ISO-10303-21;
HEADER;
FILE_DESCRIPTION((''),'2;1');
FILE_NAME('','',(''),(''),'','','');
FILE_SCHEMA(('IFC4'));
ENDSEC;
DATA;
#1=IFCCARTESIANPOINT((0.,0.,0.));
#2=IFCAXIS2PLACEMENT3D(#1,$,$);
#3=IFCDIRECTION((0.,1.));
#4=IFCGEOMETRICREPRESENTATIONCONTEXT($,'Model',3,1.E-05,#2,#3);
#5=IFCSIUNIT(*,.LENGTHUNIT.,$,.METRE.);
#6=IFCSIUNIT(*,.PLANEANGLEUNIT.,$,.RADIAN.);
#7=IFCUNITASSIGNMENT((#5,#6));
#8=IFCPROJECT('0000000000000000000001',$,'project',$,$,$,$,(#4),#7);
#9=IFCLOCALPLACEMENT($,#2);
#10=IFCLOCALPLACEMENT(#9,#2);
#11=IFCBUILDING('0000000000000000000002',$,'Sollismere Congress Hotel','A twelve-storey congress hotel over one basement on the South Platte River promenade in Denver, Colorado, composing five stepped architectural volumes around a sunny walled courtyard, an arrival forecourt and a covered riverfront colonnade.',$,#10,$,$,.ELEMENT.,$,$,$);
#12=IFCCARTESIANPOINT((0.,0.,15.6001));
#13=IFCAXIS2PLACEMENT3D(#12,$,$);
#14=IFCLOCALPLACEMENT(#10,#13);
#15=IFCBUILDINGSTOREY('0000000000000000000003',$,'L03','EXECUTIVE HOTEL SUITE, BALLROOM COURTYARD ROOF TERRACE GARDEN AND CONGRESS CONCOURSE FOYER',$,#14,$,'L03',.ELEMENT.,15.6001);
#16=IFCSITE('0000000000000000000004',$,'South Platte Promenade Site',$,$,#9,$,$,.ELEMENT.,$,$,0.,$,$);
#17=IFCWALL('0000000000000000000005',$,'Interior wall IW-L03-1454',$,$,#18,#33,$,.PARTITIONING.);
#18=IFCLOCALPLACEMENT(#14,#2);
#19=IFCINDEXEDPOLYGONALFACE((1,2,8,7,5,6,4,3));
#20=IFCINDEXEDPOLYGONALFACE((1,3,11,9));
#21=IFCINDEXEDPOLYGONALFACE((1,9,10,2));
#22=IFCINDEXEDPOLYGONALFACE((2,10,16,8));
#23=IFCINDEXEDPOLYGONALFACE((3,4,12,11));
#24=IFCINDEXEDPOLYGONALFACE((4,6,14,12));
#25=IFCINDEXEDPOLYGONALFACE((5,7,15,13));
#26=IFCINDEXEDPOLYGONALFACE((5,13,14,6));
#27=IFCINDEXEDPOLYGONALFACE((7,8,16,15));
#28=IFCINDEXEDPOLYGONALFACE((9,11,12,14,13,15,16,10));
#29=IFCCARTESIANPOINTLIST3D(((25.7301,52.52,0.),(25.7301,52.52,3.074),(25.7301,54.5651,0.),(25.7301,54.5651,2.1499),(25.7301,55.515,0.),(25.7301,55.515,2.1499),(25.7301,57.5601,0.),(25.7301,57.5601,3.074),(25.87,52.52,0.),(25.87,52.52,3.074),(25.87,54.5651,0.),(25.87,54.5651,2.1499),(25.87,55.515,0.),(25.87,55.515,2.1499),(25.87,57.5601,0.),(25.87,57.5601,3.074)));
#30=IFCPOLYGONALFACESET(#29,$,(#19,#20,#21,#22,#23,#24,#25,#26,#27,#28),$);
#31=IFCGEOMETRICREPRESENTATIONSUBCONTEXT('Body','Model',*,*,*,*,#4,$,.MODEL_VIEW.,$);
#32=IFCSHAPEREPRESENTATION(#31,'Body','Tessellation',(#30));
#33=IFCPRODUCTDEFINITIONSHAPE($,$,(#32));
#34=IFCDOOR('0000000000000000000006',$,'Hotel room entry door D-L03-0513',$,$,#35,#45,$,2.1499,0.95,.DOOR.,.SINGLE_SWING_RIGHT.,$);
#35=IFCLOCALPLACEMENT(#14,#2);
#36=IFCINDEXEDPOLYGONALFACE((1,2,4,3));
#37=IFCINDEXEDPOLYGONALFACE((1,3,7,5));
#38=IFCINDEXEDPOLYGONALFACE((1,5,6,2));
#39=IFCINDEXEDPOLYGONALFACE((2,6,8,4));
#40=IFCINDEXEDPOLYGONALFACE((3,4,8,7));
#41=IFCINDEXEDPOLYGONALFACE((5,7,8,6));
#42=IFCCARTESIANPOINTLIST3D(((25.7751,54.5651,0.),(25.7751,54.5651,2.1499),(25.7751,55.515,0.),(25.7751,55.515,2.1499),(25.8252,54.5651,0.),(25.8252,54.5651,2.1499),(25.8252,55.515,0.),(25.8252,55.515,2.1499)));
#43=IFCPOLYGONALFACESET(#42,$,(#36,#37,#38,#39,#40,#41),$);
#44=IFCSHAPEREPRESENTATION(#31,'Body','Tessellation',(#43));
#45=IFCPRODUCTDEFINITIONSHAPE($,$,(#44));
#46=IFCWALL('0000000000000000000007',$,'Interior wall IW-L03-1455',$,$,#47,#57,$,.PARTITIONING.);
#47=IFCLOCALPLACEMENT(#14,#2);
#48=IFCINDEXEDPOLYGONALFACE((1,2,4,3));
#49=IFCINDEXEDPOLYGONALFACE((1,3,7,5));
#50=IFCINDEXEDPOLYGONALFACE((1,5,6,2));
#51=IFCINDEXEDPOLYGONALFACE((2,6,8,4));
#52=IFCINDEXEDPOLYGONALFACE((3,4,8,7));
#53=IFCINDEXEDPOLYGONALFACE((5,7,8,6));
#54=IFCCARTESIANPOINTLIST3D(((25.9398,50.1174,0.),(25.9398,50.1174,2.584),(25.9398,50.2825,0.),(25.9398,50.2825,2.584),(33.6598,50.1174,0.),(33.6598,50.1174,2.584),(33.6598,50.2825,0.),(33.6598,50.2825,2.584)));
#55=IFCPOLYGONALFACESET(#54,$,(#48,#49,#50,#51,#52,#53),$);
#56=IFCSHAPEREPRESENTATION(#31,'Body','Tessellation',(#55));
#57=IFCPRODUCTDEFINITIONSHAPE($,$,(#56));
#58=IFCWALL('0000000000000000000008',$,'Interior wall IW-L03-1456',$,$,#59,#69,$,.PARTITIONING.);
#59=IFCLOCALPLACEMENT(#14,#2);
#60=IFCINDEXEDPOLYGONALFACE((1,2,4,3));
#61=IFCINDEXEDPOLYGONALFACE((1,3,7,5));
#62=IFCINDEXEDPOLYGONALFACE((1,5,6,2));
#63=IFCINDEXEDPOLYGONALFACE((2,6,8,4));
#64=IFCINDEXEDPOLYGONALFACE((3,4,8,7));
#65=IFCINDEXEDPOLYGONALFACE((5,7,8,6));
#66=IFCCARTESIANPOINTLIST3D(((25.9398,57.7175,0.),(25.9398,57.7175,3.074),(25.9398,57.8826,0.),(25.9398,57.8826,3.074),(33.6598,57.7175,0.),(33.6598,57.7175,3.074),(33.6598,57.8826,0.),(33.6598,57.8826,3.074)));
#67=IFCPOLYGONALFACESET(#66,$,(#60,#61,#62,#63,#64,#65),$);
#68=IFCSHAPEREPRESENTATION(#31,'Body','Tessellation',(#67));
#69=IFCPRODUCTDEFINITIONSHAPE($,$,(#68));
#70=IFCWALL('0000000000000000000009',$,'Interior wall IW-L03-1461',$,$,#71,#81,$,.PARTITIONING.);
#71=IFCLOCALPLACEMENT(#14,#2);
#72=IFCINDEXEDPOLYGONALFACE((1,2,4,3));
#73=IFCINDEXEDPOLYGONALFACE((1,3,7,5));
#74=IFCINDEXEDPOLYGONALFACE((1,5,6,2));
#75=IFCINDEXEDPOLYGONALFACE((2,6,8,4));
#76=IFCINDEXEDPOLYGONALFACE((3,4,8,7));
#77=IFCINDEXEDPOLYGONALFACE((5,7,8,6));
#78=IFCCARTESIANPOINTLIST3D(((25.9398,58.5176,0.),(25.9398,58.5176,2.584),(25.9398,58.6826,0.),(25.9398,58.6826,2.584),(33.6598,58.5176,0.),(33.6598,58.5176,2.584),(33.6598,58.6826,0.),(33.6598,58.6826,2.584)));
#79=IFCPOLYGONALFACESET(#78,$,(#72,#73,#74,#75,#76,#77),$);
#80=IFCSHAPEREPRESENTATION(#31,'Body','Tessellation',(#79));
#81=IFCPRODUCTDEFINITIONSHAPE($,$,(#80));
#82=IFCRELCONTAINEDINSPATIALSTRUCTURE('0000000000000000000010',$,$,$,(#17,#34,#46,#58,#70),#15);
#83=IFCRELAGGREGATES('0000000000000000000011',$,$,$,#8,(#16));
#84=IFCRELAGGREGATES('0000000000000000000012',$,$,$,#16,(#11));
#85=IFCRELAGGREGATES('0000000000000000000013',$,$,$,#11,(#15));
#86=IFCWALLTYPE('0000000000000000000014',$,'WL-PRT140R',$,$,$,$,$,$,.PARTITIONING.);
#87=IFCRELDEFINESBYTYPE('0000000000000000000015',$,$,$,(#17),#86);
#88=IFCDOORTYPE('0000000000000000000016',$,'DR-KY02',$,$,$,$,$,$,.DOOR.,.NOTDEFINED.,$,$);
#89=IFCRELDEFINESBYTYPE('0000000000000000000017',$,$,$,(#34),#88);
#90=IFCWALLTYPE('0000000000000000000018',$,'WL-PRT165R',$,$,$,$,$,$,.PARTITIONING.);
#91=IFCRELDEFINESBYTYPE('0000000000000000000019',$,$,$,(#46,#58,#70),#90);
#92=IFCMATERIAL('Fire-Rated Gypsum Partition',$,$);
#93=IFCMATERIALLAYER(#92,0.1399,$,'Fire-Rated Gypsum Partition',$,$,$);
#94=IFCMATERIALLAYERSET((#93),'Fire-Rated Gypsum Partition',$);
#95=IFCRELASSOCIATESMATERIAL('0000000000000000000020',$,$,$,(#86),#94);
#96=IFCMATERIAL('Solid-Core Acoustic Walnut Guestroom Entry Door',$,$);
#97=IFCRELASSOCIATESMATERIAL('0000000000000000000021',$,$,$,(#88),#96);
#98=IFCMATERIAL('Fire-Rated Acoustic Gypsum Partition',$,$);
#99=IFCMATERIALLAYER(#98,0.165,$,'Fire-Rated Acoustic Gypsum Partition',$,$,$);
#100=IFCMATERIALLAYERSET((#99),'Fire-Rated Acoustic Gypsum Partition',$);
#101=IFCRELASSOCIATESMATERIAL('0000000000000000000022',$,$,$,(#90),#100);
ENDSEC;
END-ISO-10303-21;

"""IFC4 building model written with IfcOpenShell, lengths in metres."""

from ifc_helpers import new_model, si_unit, direction, frame, frame_2d, origin, place, context, subcontext, project, spatial, rectangle, extrude, material, layer, layer_set, type_object, element, fill, save


model = new_model("IFC4")

# Units and contexts
model_context = context("Model", 3, precision=1e-05, world=origin(), true_north=direction((0.0, 1.0)))
body_context = subcontext(model_context, "Body", "Model", "MODEL_VIEW")
ifc_project = project(units=[si_unit("LENGTHUNIT", "METRE"), si_unit("PLANEANGLEUNIT", "RADIAN")], contexts=[model_context])

# Site, building, storey
site_placement = place(None, origin())
site = spatial("IfcSite", under=ifc_project, at=site_placement, Name="South Platte Promenade Site", CompositionType="ELEMENT", RefElevation=0.0)
building_placement = place(site_placement, origin())
building = spatial("IfcBuilding", under=site, at=building_placement, Name="Sollismere Congress Hotel", Description="A twelve-storey congress hotel over one basement on the South Platte River promenade in Denver, Colorado, composing five stepped architectural volumes around a sunny walled courtyard, an arrival forecourt and a covered riverfront colonnade.", CompositionType="ELEMENT")
storey_placement = place(building_placement, frame((0.0, 0.0, 15.6001)))
storey = spatial("IfcBuildingStorey", under=building, at=storey_placement, Name="L03", Description="EXECUTIVE HOTEL SUITE, BALLROOM COURTYARD ROOF TERRACE GARDEN AND CONGRESS CONCOURSE FOYER", LongName="L03", CompositionType="ELEMENT", Elevation=15.6001)

# Shared definitions
ifc_material_1 = material(Name="Fire-Rated Gypsum Partition")
ifc_layer_1 = layer(ifc_material_1, 0.1399, Name="Fire-Rated Gypsum Partition")
ifc_layer_set_1 = layer_set([ifc_layer_1], Name="Fire-Rated Gypsum Partition")
wall_type_1 = type_object("IfcWallType", Name="WL-PRT140R", PredefinedType="PARTITIONING", material=ifc_layer_set_1)

# Wall, opening, door
wall_1_placement = place(storey_placement, frame((25.8, 52.52, 0.0), z_axis=(0.0, 0.0, 1.0), x_axis=(0.0, 1.0, 0.0)))
wall_1 = element("IfcWall", 1, at=wall_1_placement, inside=storey, type_object=wall_type_1, Name="Interior wall IW-L03-1454", PredefinedType="PARTITIONING", context=body_context, shape_type="SweptSolid", body=[
    extrude(rectangle(XDim=5.04, YDim=0.1399, at=frame_2d((2.52, 0.0))), origin(), (0.0, 0.0, 1.0), 3.074),
])
opening_1_placement = place(wall_1_placement, frame((2.0449, 0.0, 0.0)))
opening_1 = element("IfcOpeningElement", 2, at=opening_1_placement, cuts=wall_1, PredefinedType="OPENING", context=body_context, shape_type="SweptSolid", body=[
    extrude(rectangle(XDim=0.95, YDim=2.1499, at=frame_2d((0.4751, 1.075))), frame((0.0, 0.0798, 0.0), z_axis=(0.0, -1.0, 0.0), x_axis=(1.0, 0.0, 0.0)), (0.0, 0.0, 1.0), 0.1599),
])
ifc_material_2 = material(Name="Solid-Core Acoustic Walnut Guestroom Entry Door")
door_type_1 = type_object("IfcDoorType", Name="DR-KY02", OperationType="NOTDEFINED", PredefinedType="DOOR", material=ifc_material_2)
door_1_placement = place(opening_1_placement, origin())
door_1 = element("IfcDoor", 3, at=door_1_placement, inside=storey, type_object=door_type_1, Name="Hotel room entry door D-L03-0513", OperationType="SINGLE_SWING_RIGHT", OverallHeight=2.1499, OverallWidth=0.95, PredefinedType="DOOR", context=body_context, shape_type="SweptSolid", body=[
    extrude(rectangle(XDim=0.95, YDim=2.1499, at=frame_2d((0.4751, 1.075))), frame((0.0, 0.0249, 0.0), z_axis=(0.0, -1.0, 0.0), x_axis=(1.0, 0.0, 0.0)), (0.0, 0.0, 1.0), 0.05),
])
fill(opening_1, door_1)

# Walls
ifc_material_3 = material(Name="Fire-Rated Acoustic Gypsum Partition")
ifc_layer_2 = layer(ifc_material_3, 0.165, Name="Fire-Rated Acoustic Gypsum Partition")
ifc_layer_set_2 = layer_set([ifc_layer_2], Name="Fire-Rated Acoustic Gypsum Partition")
wall_type_2 = type_object("IfcWallType", Name="WL-PRT165R", PredefinedType="PARTITIONING", material=ifc_layer_set_2)
wall_2_placement = place(storey_placement, frame((25.9399, 50.2, 0.0), z_axis=(0.0, 0.0, 1.0), x_axis=(1.0, 0.0, 0.0)))
element("IfcWall", 4, at=wall_2_placement, inside=storey, type_object=wall_type_2, Name="Interior wall IW-L03-1455", PredefinedType="PARTITIONING", context=body_context, shape_type="SweptSolid", body=[
    extrude(rectangle(XDim=7.72, YDim=0.165, at=frame_2d((3.8599, 0.0))), origin(), (0.0, 0.0, 1.0), 2.584),
])
wall_3_placement = place(storey_placement, frame((25.9399, 57.8, 0.0), z_axis=(0.0, 0.0, 1.0), x_axis=(1.0, 0.0, 0.0)))
element("IfcWall", 5, at=wall_3_placement, inside=storey, type_object=wall_type_2, Name="Interior wall IW-L03-1456", PredefinedType="PARTITIONING", context=body_context, shape_type="SweptSolid", body=[
    extrude(rectangle(XDim=7.72, YDim=0.165, at=frame_2d((3.8599, 0.0))), origin(), (0.0, 0.0, 1.0), 3.074),
])
wall_4_placement = place(storey_placement, frame((25.9399, 58.6001, 0.0), z_axis=(0.0, 0.0, 1.0), x_axis=(1.0, 0.0, 0.0)))
element("IfcWall", 6, at=wall_4_placement, inside=storey, type_object=wall_type_2, Name="Interior wall IW-L03-1461", PredefinedType="PARTITIONING", context=body_context, shape_type="SweptSolid", body=[
    extrude(rectangle(XDim=7.72, YDim=0.165, at=frame_2d((3.8599, 0.0))), origin(), (0.0, 0.0, 1.0), 2.584),
])

save(model, "model.ifc")
